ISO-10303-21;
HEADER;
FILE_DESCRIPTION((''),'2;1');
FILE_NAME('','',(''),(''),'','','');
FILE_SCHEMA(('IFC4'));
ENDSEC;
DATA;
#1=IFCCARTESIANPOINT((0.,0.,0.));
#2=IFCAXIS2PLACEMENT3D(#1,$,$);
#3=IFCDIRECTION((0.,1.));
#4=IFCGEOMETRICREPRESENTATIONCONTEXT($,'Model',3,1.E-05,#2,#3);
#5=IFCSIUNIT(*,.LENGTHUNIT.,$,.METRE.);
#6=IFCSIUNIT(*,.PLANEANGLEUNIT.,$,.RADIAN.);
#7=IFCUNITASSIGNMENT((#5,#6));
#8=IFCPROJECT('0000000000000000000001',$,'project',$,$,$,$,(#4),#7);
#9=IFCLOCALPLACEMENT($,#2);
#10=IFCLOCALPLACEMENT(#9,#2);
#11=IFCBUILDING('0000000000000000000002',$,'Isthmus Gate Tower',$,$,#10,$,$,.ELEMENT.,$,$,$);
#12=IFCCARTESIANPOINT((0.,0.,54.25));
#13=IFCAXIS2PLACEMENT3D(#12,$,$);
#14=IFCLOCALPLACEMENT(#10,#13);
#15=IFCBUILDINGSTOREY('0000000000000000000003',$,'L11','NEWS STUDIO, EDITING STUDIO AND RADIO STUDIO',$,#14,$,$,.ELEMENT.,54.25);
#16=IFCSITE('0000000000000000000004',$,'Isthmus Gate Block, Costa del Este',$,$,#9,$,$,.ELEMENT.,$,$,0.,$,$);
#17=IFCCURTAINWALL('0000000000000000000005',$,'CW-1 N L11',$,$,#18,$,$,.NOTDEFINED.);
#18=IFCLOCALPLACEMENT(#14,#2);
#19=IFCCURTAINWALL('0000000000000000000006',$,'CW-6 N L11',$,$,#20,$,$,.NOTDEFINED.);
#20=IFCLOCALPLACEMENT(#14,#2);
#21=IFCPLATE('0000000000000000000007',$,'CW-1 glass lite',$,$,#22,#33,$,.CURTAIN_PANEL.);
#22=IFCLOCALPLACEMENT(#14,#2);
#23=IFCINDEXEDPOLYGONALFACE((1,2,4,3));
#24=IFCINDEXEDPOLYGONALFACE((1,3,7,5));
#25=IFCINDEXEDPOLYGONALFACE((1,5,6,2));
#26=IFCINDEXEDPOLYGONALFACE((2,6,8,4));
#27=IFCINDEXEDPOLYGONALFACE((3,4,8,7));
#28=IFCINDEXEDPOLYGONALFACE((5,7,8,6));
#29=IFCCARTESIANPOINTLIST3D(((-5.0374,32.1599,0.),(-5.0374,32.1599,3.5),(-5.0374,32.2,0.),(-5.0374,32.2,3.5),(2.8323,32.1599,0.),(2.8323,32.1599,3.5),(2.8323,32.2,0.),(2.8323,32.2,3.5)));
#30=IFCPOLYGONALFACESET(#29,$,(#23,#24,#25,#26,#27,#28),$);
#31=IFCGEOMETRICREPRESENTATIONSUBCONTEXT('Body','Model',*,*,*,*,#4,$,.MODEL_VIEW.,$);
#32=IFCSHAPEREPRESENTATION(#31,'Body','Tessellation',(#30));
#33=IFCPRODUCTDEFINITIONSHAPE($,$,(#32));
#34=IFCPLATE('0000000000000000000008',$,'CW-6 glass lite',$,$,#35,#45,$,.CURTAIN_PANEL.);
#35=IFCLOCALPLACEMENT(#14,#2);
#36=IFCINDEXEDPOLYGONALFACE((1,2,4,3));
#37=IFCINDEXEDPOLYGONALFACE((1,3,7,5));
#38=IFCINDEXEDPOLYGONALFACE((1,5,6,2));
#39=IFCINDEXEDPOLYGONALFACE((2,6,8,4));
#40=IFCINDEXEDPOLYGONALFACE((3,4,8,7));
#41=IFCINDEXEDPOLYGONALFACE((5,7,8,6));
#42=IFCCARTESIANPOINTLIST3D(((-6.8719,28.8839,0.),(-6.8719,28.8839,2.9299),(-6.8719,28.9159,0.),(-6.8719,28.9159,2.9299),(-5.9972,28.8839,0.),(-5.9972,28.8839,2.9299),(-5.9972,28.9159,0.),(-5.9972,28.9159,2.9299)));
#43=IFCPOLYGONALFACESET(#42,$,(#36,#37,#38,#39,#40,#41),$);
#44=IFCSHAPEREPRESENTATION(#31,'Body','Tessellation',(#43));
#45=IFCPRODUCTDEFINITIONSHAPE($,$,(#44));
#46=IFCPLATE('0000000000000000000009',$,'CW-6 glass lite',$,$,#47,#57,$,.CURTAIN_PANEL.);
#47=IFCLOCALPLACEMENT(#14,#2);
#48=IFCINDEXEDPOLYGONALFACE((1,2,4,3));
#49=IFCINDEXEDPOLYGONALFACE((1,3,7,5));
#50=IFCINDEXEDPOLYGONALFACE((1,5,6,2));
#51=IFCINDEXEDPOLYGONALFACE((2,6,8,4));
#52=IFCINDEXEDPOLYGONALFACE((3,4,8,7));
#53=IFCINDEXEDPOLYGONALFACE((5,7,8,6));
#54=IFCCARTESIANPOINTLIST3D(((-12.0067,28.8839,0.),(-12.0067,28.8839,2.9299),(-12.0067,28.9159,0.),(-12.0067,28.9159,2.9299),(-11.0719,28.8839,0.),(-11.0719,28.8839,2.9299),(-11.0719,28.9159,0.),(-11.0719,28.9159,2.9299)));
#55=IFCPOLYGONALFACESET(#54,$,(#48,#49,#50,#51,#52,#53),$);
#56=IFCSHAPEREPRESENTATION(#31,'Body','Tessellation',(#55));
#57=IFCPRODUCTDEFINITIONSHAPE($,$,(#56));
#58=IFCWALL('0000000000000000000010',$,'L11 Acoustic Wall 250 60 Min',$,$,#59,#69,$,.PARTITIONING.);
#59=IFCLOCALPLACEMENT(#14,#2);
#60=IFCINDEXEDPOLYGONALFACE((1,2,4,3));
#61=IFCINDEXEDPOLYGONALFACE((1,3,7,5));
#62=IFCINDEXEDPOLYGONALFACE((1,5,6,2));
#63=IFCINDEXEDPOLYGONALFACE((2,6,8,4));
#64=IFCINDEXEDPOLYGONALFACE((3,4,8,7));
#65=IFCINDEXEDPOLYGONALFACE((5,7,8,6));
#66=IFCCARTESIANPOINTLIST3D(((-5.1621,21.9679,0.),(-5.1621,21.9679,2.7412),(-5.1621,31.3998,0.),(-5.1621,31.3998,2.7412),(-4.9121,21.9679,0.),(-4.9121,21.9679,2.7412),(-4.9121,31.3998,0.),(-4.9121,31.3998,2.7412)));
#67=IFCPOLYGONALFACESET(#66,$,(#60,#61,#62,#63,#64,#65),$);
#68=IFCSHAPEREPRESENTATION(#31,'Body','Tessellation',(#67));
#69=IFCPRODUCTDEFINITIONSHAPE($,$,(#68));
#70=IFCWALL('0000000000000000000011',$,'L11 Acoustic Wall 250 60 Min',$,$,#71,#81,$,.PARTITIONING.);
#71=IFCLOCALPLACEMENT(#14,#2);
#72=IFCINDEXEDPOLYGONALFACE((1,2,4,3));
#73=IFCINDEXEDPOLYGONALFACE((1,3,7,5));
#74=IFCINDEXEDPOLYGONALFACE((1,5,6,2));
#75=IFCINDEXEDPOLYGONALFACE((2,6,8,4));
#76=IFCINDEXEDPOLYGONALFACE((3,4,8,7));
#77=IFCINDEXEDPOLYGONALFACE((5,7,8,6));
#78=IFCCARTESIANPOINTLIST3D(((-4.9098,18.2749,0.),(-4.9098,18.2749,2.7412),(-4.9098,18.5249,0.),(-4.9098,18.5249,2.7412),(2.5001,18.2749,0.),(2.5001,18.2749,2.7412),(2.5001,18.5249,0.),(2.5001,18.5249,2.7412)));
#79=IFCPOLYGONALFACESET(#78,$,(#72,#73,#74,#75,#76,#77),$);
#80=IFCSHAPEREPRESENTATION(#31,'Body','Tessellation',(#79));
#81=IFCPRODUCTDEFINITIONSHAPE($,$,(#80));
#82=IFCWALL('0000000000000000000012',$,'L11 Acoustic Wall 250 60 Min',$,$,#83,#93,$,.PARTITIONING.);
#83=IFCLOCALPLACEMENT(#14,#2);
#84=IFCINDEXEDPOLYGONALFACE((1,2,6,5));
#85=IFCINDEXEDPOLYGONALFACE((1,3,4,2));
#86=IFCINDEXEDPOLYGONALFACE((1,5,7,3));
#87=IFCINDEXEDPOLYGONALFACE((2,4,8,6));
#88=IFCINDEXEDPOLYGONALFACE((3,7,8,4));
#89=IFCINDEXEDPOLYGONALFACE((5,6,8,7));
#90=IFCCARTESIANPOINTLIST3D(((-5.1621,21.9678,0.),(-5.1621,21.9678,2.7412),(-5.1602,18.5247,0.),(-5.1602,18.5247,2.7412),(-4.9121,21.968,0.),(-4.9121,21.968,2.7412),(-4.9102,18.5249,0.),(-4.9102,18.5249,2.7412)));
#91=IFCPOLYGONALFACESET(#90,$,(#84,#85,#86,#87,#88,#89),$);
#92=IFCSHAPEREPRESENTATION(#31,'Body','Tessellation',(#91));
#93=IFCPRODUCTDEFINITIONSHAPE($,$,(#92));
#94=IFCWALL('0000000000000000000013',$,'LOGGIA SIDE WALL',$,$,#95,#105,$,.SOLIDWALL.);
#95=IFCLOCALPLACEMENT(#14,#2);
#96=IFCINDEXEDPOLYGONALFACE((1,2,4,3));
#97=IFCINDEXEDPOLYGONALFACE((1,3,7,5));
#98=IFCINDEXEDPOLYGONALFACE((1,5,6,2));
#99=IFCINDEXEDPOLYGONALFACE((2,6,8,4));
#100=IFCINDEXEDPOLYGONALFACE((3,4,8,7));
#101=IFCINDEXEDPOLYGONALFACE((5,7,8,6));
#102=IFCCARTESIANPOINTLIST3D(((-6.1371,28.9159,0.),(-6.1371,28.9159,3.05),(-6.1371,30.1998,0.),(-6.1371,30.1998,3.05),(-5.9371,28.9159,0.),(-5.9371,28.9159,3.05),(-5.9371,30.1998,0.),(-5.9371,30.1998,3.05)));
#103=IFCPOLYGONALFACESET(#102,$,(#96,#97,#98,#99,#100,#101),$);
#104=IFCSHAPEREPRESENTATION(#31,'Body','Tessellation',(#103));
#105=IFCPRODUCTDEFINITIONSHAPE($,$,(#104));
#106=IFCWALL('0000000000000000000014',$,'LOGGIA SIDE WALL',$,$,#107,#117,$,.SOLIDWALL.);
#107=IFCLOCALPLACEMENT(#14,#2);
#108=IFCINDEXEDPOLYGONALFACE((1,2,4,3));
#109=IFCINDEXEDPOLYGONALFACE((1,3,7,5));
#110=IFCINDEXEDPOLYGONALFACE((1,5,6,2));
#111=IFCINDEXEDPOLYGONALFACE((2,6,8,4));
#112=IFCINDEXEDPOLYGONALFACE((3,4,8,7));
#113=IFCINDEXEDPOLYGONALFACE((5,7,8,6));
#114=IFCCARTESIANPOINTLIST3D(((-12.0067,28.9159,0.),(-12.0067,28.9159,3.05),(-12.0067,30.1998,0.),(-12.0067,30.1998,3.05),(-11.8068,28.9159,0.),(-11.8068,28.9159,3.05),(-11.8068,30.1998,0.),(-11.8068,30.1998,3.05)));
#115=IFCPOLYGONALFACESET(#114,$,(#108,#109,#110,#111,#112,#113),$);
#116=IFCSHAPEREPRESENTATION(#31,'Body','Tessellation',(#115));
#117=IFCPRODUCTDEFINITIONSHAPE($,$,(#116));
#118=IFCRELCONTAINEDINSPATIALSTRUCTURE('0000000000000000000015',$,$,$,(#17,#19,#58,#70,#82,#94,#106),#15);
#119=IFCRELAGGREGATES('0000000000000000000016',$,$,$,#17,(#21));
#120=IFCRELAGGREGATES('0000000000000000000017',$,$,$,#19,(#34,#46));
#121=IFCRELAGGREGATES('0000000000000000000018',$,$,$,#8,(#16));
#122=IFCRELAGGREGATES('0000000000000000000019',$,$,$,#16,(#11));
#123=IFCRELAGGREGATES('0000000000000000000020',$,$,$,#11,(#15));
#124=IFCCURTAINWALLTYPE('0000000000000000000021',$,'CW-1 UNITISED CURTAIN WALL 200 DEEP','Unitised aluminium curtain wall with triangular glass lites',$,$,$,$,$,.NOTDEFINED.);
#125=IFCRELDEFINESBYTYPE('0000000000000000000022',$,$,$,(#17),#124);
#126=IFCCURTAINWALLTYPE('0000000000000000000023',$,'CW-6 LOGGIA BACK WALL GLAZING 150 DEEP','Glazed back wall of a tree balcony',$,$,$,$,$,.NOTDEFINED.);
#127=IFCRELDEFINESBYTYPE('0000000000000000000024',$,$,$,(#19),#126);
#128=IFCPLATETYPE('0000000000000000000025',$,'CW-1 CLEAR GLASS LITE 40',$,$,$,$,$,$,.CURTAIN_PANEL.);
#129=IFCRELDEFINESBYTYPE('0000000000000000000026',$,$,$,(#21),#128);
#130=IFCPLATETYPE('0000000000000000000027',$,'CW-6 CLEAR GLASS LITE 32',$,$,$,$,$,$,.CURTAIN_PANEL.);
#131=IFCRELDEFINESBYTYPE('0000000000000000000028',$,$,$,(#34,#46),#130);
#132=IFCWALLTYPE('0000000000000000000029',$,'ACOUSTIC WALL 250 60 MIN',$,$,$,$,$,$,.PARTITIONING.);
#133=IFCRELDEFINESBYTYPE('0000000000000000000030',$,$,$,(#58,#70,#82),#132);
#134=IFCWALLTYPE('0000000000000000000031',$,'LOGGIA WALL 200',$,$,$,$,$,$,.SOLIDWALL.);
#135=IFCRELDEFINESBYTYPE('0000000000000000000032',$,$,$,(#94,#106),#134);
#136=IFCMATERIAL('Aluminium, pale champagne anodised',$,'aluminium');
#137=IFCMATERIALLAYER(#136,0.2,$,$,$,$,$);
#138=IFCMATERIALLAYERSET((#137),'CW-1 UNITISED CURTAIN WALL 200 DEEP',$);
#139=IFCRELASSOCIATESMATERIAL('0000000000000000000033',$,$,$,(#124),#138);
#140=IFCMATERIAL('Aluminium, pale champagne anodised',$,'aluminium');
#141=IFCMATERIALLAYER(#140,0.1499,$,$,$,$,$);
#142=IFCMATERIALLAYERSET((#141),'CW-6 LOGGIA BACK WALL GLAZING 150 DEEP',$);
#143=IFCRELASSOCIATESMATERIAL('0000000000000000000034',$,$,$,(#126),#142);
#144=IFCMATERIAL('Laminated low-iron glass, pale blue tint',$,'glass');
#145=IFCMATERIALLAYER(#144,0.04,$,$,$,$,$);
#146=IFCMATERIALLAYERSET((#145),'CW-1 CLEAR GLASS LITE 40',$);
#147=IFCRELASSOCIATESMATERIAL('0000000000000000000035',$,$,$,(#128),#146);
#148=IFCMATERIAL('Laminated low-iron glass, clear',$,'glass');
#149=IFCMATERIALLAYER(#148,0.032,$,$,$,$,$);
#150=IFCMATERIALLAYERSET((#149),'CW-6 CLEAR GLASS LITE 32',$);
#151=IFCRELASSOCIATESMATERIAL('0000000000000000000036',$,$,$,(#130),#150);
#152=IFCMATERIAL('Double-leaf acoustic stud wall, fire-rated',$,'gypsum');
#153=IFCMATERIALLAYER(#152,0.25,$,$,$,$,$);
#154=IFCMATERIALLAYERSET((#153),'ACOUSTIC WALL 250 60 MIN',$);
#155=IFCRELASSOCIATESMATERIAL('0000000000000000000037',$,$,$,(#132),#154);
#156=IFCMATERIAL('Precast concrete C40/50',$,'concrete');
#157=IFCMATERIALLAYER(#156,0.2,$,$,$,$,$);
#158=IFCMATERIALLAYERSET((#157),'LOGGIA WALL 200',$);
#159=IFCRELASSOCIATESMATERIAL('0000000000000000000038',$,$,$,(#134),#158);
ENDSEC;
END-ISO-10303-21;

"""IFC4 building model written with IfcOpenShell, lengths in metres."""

from ifc_helpers import new_model, si_unit, direction, frame, frame_2d, origin, origin_2d, place, context, subcontext, project, spatial, rectangle, extrude, material, layer, layer_set, type_object, element, aggregate, save


model = new_model("IFC4")

# Units and contexts
model_context = context("Model", 3, precision=1e-05, world=origin(), true_north=direction((0.0, 1.0)))
body_context = subcontext(model_context, "Body", "Model", "MODEL_VIEW")
ifc_project = project(units=[si_unit("LENGTHUNIT", "METRE"), si_unit("PLANEANGLEUNIT", "RADIAN")], contexts=[model_context])

# Site, building, storey
site_placement = place(None, origin())
site = spatial("IfcSite", under=ifc_project, at=site_placement, Name="Isthmus Gate Block, Costa del Este", CompositionType="ELEMENT", RefElevation=0.0)
building_placement = place(site_placement, origin())
building = spatial("IfcBuilding", under=site, at=building_placement, Name="Isthmus Gate Tower", CompositionType="ELEMENT")
storey_placement = place(building_placement, frame((0.0, 0.0, 54.25)))
storey = spatial("IfcBuildingStorey", under=building, at=storey_placement, Name="L11", Description="NEWS STUDIO, EDITING STUDIO AND RADIO STUDIO", CompositionType="ELEMENT", Elevation=54.25)

# Curtain walls
ifc_material_1 = material(Name="Aluminium, pale champagne anodised", Category="aluminium")
ifc_layer_1 = layer(ifc_material_1, 0.2)
ifc_layer_set_1 = layer_set([ifc_layer_1], Name="CW-1 UNITISED CURTAIN WALL 200 DEEP")
curtain_wall_type_1 = type_object("IfcCurtainWallType", Name="CW-1 UNITISED CURTAIN WALL 200 DEEP", Description="Unitised aluminium curtain wall with triangular glass lites", PredefinedType="NOTDEFINED", material=ifc_layer_set_1)
curtain_wall_1_placement = place(storey_placement, origin())
curtain_wall_1 = element("IfcCurtainWall", 1, at=curtain_wall_1_placement, inside=storey, type_object=curtain_wall_type_1, Name="CW-1 N L11", PredefinedType="NOTDEFINED")
ifc_material_2 = material(Name="Aluminium, pale champagne anodised", Category="aluminium")
ifc_layer_2 = layer(ifc_material_2, 0.1499)
ifc_layer_set_2 = layer_set([ifc_layer_2], Name="CW-6 LOGGIA BACK WALL GLAZING 150 DEEP")
curtain_wall_type_2 = type_object("IfcCurtainWallType", Name="CW-6 LOGGIA BACK WALL GLAZING 150 DEEP", Description="Glazed back wall of a tree balcony", PredefinedType="NOTDEFINED", material=ifc_layer_set_2)
curtain_wall_2_placement = place(storey_placement, origin())
curtain_wall_2 = element("IfcCurtainWall", 2, at=curtain_wall_2_placement, inside=storey, type_object=curtain_wall_type_2, Name="CW-6 N L11", PredefinedType="NOTDEFINED")

# Plates
ifc_material_3 = material(Name="Laminated low-iron glass, pale blue tint", Category="glass")
ifc_layer_3 = layer(ifc_material_3, 0.04)
ifc_layer_set_3 = layer_set([ifc_layer_3], Name="CW-1 CLEAR GLASS LITE 40")
plate_type_1 = type_object("IfcPlateType", Name="CW-1 CLEAR GLASS LITE 40", PredefinedType="CURTAIN_PANEL", material=ifc_layer_set_3)
plate_1_placement = place(storey_placement, frame((-1.1025, 32.1799, 0.0), z_axis=(0.0, 0.0, 1.0), x_axis=(-1.0, 0.0, 0.0)))
plate_1 = element("IfcPlate", 3, at=plate_1_placement, type_object=plate_type_1, Name="CW-1 glass lite", PredefinedType="CURTAIN_PANEL", context=body_context, shape_type="SweptSolid", body=[
    extrude(rectangle(XDim=7.8696, YDim=0.04, at=origin_2d()), origin(), (0.0, 0.0, 1.0), 3.5),
])
aggregate(curtain_wall_1, [plate_1])
ifc_material_4 = material(Name="Laminated low-iron glass, clear", Category="glass")
ifc_layer_4 = layer(ifc_material_4, 0.032)
ifc_layer_set_4 = layer_set([ifc_layer_4], Name="CW-6 CLEAR GLASS LITE 32")
plate_type_2 = type_object("IfcPlateType", Name="CW-6 CLEAR GLASS LITE 32", PredefinedType="CURTAIN_PANEL", material=ifc_layer_set_4)
plate_2_placement = place(storey_placement, frame((-6.4346, 28.8999, 0.0), z_axis=(0.0, 0.0, 1.0), x_axis=(-1.0, 0.0, 0.0)))
plate_2 = element("IfcPlate", 4, at=plate_2_placement, type_object=plate_type_2, Name="CW-6 glass lite", PredefinedType="CURTAIN_PANEL", context=body_context, shape_type="SweptSolid", body=[
    extrude(rectangle(XDim=0.8748, YDim=0.032, at=origin_2d()), origin(), (0.0, 0.0, 1.0), 2.9299),
])
plate_3_placement = place(storey_placement, frame((-11.5393, 28.8999, 0.0), z_axis=(0.0, 0.0, 1.0), x_axis=(-1.0, 0.0, 0.0)))
plate_3 = element("IfcPlate", 5, at=plate_3_placement, type_object=plate_type_2, Name="CW-6 glass lite", PredefinedType="CURTAIN_PANEL", context=body_context, shape_type="SweptSolid", body=[
    extrude(rectangle(XDim=0.9348, YDim=0.032, at=origin_2d()), origin(), (0.0, 0.0, 1.0), 2.9299),
])
aggregate(curtain_wall_2, [plate_2, plate_3])

# Walls
ifc_material_5 = material(Name="Double-leaf acoustic stud wall, fire-rated", Category="gypsum")
ifc_layer_5 = layer(ifc_material_5, 0.25)
ifc_layer_set_5 = layer_set([ifc_layer_5], Name="ACOUSTIC WALL 250 60 MIN")
wall_type_1 = type_object("IfcWallType", Name="ACOUSTIC WALL 250 60 MIN", PredefinedType="PARTITIONING", material=ifc_layer_set_5)
wall_1_placement = place(storey_placement, frame((-5.0371, 21.968, 0.0), z_axis=(0.0, 0.0, 1.0), x_axis=(0.0, 1.0, 0.0)))
element("IfcWall", 6, at=wall_1_placement, inside=storey, type_object=wall_type_1, Name="L11 Acoustic Wall 250 60 Min", PredefinedType="PARTITIONING", context=body_context, shape_type="SweptSolid", body=[
    extrude(rectangle(XDim=9.4319, YDim=0.25, at=frame_2d((4.7158, 0.0))), origin(), (0.0, 0.0, 1.0), 2.7412),
])
wall_2_placement = place(storey_placement, frame((-4.9099, 18.3999, 0.0), z_axis=(0.0, 0.0, 1.0), x_axis=(1.0, 0.0, 0.0)))
element("IfcWall", 7, at=wall_2_placement, inside=storey, type_object=wall_type_1, Name="L11 Acoustic Wall 250 60 Min", PredefinedType="PARTITIONING", context=body_context, shape_type="SweptSolid", body=[
    extrude(rectangle(XDim=7.4099, YDim=0.25, at=frame_2d((3.7051, 0.0))), origin(), (0.0, 0.0, 1.0), 2.7412),
])
wall_3_placement = place(storey_placement, frame((-5.0371, 21.968, 0.0), z_axis=(0.0, 0.0, 1.0), x_axis=(0.000567, -1.0, 0.0)))
element("IfcWall", 8, at=wall_3_placement, inside=storey, type_object=wall_type_1, Name="L11 Acoustic Wall 250 60 Min", PredefinedType="PARTITIONING", context=body_context, shape_type="SweptSolid", body=[
    extrude(rectangle(XDim=3.4431, YDim=0.25, at=frame_2d((1.7217, 0.0))), origin(), (0.0, 0.0, 1.0), 2.7412),
])

# Shared definitions
ifc_material_6 = material(Name="Precast concrete C40/50", Category="concrete")
ifc_layer_6 = layer(ifc_material_6, 0.2)
ifc_layer_set_6 = layer_set([ifc_layer_6], Name="LOGGIA WALL 200")
wall_type_2 = type_object("IfcWallType", Name="LOGGIA WALL 200", PredefinedType="SOLIDWALL", material=ifc_layer_set_6)

# Walls
for number, where, z_axis, x_axis, name in (
    (9, (-6.0371, 30.2, 0.0), (0.0, 0.0, 1.0), (0.0, -1.0, 0.0), "LOGGIA SIDE WALL"),
    (10, (-11.9067, 30.2, 0.0), (0.0, 0.0, 1.0), (0.0, -1.0, 0.0), "LOGGIA SIDE WALL"),
):
    element("IfcWall", number, at=place(storey_placement, frame(where, z_axis=z_axis, x_axis=x_axis)), inside=storey, type_object=wall_type_2, Name=name, PredefinedType="SOLIDWALL", context=body_context, shape_type="SweptSolid", body=[
        extrude(rectangle(XDim=1.2839, YDim=0.2, at=frame_2d((0.6421, 0.0))), origin(), (0.0, 0.0, 1.0), 3.05),
    ])

save(model, "model.ifc")
